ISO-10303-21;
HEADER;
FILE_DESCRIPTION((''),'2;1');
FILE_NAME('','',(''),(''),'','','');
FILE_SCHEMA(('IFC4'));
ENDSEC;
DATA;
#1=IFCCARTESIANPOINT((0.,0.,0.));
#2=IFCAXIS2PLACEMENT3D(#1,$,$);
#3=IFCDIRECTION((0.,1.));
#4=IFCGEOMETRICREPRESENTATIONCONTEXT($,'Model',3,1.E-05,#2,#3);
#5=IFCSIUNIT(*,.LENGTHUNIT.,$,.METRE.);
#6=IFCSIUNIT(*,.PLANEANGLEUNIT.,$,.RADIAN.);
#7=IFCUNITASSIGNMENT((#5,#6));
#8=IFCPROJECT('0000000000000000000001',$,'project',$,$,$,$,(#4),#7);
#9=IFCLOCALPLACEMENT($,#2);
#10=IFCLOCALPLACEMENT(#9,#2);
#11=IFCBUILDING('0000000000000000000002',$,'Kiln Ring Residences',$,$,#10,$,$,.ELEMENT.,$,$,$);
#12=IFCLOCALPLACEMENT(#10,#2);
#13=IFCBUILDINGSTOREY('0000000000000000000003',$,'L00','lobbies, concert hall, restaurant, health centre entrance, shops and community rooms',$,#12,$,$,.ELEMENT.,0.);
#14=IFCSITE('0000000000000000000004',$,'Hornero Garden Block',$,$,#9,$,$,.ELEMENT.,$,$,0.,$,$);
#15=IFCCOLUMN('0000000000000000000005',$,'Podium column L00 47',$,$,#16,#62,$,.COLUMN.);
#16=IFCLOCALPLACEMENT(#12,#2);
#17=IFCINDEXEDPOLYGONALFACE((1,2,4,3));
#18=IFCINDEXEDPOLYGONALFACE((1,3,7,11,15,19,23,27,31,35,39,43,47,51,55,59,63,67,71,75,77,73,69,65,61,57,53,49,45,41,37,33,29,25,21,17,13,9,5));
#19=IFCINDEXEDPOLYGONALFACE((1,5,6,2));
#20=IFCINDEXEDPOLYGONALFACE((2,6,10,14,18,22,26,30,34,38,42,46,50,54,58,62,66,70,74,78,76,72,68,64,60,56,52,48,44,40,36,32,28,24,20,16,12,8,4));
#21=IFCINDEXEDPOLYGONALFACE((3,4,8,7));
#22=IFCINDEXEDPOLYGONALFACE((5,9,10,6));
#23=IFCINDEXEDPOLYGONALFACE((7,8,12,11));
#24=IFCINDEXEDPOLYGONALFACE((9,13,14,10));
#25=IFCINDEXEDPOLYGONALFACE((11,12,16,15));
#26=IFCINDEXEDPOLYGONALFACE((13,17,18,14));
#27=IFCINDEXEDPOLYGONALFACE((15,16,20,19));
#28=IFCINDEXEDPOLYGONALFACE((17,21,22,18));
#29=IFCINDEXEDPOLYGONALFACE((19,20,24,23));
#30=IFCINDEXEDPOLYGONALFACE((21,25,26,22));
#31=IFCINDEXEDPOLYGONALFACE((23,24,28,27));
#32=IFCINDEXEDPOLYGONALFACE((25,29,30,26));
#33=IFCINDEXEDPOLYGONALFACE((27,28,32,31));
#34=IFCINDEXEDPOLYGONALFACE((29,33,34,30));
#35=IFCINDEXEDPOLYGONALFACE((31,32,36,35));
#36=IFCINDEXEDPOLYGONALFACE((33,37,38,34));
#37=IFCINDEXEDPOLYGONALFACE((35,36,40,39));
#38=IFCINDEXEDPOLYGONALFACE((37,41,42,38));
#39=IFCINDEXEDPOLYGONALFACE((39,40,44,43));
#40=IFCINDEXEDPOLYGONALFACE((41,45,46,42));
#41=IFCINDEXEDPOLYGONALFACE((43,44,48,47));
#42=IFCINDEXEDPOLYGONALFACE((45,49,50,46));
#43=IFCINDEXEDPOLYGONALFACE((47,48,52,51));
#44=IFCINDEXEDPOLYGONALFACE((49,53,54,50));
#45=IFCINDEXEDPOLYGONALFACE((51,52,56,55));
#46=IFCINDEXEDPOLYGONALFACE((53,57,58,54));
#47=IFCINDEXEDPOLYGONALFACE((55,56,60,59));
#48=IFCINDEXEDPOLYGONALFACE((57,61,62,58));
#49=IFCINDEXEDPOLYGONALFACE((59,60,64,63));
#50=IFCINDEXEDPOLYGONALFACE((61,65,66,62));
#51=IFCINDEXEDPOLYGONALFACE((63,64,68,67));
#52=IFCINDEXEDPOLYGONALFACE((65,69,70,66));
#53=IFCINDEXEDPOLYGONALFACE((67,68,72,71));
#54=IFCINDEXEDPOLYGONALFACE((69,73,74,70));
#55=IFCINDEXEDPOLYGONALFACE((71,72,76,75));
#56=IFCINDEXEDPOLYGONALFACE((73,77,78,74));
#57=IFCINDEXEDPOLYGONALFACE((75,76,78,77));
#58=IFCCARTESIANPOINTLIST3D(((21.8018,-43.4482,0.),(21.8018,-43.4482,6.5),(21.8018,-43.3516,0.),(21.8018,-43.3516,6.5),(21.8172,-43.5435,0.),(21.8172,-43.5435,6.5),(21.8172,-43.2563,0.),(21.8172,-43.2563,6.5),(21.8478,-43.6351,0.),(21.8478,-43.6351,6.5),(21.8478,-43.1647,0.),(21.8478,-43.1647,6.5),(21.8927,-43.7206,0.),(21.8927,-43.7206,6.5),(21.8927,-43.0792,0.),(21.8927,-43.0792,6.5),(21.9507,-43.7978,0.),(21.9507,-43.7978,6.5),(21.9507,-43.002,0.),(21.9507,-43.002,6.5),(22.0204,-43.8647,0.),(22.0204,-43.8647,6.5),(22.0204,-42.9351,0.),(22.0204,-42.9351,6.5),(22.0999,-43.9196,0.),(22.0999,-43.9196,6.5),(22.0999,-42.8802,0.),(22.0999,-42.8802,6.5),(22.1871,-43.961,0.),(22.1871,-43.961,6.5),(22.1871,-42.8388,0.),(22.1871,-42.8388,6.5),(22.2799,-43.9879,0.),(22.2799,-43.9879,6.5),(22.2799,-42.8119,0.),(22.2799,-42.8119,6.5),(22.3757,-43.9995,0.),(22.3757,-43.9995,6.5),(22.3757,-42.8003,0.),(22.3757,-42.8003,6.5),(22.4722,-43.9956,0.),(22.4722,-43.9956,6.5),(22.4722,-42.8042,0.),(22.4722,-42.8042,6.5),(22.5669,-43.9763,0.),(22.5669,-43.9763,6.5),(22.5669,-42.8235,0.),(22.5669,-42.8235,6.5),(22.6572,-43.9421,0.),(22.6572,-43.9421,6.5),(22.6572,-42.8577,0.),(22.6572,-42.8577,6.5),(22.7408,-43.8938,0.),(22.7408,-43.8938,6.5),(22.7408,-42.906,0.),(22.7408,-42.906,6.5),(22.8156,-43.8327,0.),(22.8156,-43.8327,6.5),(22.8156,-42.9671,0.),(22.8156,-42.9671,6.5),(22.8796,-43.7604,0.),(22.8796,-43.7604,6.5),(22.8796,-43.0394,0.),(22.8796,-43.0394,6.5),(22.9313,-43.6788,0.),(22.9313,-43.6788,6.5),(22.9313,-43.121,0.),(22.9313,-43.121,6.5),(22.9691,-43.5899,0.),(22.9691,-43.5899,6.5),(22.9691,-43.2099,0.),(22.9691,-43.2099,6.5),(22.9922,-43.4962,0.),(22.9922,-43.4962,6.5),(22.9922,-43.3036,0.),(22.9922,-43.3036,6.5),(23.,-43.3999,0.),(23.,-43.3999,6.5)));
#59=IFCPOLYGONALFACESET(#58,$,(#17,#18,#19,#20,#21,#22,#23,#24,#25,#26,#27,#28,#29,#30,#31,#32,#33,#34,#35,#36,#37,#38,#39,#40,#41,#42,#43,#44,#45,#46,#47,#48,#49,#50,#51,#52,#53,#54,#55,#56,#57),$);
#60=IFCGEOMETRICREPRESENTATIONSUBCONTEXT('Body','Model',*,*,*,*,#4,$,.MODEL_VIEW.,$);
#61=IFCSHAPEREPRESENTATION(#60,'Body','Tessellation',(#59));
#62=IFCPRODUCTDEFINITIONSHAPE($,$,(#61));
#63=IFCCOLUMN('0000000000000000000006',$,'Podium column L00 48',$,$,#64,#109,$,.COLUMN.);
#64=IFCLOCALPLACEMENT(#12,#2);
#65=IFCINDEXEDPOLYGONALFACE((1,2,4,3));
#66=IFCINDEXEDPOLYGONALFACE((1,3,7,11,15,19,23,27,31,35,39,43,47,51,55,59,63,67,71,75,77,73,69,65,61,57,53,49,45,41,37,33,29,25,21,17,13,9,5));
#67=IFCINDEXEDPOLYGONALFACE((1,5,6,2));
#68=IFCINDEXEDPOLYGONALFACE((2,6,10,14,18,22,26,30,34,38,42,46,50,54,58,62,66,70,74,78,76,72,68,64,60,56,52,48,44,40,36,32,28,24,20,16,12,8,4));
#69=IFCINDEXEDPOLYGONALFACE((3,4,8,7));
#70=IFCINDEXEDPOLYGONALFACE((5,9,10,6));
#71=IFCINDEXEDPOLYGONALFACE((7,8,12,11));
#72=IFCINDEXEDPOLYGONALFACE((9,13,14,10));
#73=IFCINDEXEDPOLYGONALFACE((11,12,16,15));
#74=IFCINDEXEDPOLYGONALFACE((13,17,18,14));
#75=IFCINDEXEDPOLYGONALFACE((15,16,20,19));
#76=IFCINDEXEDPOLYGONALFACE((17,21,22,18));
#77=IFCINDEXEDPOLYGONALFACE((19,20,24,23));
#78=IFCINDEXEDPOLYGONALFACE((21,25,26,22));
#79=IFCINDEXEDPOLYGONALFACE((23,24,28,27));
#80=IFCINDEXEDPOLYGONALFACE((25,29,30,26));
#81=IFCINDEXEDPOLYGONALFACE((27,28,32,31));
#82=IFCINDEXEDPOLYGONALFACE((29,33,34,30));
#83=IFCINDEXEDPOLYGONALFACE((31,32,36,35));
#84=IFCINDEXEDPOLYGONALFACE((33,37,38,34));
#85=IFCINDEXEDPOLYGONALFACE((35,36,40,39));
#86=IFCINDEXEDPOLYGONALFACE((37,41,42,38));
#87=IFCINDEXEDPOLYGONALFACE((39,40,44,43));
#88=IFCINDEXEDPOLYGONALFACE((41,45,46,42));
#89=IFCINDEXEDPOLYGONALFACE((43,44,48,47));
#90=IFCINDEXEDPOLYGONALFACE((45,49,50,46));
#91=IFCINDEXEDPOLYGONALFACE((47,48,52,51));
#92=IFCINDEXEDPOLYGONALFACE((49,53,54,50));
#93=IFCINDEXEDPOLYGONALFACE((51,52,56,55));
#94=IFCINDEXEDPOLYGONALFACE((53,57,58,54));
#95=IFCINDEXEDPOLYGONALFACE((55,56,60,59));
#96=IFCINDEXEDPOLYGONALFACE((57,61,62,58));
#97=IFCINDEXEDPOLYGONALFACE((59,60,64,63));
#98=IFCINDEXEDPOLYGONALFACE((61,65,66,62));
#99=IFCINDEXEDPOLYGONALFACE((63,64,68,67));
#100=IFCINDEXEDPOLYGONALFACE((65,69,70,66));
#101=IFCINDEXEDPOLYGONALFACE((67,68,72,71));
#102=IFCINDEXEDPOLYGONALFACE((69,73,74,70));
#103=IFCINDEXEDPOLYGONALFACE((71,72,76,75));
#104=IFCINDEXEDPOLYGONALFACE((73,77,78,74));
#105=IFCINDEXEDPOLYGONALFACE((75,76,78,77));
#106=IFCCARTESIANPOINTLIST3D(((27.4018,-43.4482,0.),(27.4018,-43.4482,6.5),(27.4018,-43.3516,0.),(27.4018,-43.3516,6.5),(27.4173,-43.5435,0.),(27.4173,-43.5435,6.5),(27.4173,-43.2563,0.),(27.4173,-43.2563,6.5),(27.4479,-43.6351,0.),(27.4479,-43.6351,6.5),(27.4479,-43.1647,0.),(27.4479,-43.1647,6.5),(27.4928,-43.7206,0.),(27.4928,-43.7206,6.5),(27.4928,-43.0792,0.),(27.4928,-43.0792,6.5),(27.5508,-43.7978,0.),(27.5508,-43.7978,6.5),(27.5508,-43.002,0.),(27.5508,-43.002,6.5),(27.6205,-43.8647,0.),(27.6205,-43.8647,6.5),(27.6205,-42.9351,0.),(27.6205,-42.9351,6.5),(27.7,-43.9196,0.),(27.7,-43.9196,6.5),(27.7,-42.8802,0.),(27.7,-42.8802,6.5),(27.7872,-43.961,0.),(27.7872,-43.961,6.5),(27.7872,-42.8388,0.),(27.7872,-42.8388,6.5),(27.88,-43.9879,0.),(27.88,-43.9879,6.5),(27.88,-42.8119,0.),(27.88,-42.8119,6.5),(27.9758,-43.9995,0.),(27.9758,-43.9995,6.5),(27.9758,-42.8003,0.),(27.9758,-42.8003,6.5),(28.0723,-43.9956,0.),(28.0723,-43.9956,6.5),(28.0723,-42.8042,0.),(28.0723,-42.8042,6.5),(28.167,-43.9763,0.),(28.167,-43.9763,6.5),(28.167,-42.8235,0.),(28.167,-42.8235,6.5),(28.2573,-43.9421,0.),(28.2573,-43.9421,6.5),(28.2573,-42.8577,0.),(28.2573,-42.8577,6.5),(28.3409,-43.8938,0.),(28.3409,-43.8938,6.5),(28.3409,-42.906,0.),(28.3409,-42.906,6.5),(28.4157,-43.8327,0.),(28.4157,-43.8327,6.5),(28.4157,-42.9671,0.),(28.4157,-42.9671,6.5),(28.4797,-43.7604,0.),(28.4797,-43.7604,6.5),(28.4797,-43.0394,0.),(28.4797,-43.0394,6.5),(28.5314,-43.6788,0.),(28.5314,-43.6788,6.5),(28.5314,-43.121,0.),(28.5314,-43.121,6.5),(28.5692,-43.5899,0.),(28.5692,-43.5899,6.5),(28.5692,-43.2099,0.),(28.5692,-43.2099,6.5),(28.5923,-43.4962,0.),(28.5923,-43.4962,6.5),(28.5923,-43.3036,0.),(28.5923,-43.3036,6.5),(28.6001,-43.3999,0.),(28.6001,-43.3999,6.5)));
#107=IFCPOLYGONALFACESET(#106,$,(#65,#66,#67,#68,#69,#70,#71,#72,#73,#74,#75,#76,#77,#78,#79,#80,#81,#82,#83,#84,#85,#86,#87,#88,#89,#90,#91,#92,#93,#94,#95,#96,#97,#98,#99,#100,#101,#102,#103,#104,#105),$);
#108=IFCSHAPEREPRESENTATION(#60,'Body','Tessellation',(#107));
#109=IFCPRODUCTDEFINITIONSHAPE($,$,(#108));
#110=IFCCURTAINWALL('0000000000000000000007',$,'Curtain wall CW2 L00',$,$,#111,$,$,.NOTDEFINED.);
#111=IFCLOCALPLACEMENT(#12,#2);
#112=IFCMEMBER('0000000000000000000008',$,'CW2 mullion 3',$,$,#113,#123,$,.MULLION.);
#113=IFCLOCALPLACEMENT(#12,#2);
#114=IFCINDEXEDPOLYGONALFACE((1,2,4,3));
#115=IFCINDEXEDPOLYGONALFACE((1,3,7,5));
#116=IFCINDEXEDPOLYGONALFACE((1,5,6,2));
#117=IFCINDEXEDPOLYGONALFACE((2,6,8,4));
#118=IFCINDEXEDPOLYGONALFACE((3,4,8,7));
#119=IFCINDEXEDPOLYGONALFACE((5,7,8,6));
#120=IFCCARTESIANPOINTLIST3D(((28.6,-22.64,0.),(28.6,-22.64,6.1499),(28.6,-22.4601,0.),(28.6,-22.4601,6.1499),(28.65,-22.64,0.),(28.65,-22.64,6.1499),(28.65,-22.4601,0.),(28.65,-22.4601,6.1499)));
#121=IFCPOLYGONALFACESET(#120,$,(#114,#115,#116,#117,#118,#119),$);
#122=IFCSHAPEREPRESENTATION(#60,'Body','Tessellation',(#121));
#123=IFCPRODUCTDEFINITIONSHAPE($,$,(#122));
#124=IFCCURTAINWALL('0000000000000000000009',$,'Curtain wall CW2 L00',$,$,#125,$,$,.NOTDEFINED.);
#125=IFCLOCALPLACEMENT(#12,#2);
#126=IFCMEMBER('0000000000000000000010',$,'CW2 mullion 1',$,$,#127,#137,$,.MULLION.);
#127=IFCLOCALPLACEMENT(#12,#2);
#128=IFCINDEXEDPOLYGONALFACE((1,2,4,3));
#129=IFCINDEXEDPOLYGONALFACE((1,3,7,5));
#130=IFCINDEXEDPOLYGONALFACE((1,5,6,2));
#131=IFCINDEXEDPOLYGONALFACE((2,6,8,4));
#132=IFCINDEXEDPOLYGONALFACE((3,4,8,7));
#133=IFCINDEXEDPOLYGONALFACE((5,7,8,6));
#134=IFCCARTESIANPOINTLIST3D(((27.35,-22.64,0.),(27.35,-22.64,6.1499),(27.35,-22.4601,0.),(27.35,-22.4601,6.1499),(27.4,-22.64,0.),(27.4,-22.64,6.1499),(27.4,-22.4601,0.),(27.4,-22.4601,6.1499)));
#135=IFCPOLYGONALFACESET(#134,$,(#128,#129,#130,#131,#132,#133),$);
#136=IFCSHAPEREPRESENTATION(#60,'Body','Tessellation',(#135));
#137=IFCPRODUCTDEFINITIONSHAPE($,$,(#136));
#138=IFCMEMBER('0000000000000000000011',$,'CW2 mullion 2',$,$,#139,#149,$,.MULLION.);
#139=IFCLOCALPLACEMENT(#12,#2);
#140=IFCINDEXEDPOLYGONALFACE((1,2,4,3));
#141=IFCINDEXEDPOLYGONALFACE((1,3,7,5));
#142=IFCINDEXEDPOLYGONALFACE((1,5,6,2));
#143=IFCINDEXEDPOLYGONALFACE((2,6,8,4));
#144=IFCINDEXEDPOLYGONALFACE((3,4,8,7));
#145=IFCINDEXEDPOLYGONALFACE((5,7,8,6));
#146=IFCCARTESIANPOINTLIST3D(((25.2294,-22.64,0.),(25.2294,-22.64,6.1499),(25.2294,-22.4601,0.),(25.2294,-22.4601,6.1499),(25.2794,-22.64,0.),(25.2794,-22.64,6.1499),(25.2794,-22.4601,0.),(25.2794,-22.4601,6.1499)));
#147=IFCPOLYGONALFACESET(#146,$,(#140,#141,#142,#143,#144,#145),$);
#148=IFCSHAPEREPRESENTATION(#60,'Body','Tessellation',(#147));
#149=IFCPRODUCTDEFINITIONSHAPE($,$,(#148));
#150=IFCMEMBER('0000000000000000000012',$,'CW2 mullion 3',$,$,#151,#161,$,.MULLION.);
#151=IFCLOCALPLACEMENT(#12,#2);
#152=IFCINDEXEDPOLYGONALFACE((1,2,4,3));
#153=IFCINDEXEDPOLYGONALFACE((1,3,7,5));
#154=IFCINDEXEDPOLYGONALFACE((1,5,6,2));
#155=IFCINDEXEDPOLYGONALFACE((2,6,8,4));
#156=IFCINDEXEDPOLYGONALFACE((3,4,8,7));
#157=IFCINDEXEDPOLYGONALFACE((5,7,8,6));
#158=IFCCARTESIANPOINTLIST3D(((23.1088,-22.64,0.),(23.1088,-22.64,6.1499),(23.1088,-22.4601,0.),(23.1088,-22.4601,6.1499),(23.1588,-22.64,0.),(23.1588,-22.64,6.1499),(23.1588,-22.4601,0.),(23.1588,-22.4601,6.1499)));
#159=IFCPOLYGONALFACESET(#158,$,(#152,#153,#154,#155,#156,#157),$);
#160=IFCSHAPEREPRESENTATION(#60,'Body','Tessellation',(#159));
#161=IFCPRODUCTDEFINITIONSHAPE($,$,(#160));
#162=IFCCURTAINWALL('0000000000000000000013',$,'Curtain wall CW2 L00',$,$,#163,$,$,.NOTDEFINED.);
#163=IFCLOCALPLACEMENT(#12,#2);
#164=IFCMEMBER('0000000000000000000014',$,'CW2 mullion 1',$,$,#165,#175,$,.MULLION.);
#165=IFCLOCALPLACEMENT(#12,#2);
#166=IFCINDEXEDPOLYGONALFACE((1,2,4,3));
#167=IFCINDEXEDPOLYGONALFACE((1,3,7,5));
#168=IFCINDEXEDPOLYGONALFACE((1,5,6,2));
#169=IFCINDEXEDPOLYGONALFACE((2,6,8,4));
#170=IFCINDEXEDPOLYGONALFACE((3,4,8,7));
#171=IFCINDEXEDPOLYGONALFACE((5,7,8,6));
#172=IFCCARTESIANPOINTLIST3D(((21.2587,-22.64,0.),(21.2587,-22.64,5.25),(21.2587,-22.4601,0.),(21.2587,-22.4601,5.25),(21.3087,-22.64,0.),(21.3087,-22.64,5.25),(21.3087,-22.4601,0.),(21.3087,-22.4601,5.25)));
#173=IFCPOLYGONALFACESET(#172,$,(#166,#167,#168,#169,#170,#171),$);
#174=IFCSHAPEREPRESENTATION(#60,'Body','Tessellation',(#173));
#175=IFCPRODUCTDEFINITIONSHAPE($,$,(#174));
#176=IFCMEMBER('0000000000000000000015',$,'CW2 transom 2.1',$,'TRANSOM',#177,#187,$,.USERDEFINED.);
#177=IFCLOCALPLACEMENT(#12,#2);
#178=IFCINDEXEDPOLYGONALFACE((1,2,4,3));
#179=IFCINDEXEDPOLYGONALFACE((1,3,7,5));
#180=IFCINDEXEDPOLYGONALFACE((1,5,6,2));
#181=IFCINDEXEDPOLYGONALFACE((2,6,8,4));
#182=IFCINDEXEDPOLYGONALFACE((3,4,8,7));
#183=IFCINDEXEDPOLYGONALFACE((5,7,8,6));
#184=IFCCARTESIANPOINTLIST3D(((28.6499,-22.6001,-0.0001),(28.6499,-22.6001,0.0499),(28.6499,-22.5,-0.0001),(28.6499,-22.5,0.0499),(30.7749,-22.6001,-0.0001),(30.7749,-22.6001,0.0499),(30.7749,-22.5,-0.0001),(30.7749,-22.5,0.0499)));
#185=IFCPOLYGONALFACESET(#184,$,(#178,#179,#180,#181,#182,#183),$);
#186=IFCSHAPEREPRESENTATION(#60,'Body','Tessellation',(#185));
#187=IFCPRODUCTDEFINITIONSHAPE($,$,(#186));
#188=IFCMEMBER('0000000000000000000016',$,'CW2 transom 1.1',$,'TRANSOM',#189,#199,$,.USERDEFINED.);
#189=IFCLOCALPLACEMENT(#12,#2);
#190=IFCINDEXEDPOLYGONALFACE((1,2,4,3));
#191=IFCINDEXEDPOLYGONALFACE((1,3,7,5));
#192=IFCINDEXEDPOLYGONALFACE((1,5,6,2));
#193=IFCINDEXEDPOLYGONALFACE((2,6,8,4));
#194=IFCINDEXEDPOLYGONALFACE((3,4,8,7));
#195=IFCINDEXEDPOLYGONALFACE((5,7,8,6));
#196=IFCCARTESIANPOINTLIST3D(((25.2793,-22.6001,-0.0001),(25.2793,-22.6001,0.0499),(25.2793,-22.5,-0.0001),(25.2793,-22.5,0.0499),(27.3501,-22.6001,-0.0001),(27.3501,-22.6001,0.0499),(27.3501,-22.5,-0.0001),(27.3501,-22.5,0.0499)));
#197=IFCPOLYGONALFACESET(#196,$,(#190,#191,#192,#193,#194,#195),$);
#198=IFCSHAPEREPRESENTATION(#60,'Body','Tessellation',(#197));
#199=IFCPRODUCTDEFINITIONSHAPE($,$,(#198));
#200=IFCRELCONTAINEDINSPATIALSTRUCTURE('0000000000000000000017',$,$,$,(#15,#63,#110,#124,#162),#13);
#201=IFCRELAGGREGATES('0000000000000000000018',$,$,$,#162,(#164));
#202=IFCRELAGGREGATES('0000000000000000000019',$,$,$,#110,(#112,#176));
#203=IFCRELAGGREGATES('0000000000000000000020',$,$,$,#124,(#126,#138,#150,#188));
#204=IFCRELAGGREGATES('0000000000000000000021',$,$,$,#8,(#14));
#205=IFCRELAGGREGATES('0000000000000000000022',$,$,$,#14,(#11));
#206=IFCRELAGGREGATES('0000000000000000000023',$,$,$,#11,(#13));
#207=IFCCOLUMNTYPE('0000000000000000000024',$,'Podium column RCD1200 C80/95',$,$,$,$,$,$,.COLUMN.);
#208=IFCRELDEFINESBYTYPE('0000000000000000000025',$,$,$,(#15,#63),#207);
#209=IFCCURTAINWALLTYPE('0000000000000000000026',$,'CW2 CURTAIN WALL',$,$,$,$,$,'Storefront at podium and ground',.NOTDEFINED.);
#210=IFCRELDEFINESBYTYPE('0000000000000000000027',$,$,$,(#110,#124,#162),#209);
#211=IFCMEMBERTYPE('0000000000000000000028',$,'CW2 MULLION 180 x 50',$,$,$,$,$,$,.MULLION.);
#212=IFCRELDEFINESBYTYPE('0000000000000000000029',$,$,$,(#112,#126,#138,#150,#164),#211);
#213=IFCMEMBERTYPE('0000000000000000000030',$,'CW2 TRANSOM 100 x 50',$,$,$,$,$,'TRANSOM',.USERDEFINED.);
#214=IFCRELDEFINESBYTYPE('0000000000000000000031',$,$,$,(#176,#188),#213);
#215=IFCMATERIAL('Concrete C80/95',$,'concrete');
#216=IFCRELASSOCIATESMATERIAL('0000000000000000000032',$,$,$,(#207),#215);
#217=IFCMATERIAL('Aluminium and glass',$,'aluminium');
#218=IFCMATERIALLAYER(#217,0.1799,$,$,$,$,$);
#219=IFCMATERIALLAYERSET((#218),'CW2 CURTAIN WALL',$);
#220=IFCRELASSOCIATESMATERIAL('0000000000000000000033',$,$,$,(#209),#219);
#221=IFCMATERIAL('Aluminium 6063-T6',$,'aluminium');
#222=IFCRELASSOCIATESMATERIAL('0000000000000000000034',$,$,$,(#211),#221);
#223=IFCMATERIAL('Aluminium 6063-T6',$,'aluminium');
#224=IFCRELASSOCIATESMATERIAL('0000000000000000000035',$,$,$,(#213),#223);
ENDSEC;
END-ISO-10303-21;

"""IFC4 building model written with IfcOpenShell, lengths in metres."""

from ifc_helpers import new_model, si_unit, direction, frame, origin, origin_2d, place, context, subcontext, project, spatial, rectangle, circle, extrude, material, layer, layer_set, material_profile, profile_set, type_object, element, aggregate, save


model = new_model("IFC4")

# Units and contexts
model_context = context("Model", 3, precision=1e-05, world=origin(), true_north=direction((0.0, 1.0)))
body_context = subcontext(model_context, "Body", "Model", "MODEL_VIEW")
ifc_project = project(units=[si_unit("LENGTHUNIT", "METRE"), si_unit("PLANEANGLEUNIT", "RADIAN")], contexts=[model_context])

# Site, building, storey
site_placement = place(None, origin())
site = spatial("IfcSite", under=ifc_project, at=site_placement, Name="Hornero Garden Block", CompositionType="ELEMENT", RefElevation=0.0)
building_placement = place(site_placement, origin())
building = spatial("IfcBuilding", under=site, at=building_placement, Name="Kiln Ring Residences", CompositionType="ELEMENT")
storey_placement = place(building_placement, origin())
storey = spatial("IfcBuildingStorey", under=building, at=storey_placement, Name="L00", Description="lobbies, concert hall, restaurant, health centre entrance, shops and community rooms", CompositionType="ELEMENT", Elevation=0.0)

# Columns
ifc_material_1 = material(Name="Concrete C80/95", Category="concrete")
ifc_material_profile_1 = material_profile(ifc_material_1, circle(Radius=0.6001, at=origin_2d()), Name="RCD1200")
ifc_profile_set_1 = profile_set([ifc_material_profile_1], Name="Concrete C80/95")
column_type = type_object("IfcColumnType", Name="Podium column RCD1200 C80/95", PredefinedType="COLUMN", material=ifc_profile_set_1)
for number, where, z_axis, x_axis, name in (
    (1, (22.3999, -43.3999, 0.0), (0.0, 0.0, 1.0), (1.0, 0.0, 0.0), "Podium column L00 47"),
    (2, (28.0, -43.3999, 0.0), (0.0, 0.0, 1.0), (1.0, 0.0, 0.0), "Podium column L00 48"),
):
    element("IfcColumn", number, at=place(storey_placement, frame(where, z_axis=z_axis, x_axis=x_axis)), inside=storey, type_object=column_type, Name=name, PredefinedType="COLUMN", context=body_context, shape_type="SweptSolid", body=[
        extrude(circle(Radius=0.6001, at=origin_2d()), origin(), (0.0, 0.0, 1.0), 6.5),
    ])

# Curtain wall, member
ifc_material_2 = material(Name="Aluminium and glass", Category="aluminium")
ifc_layer_1 = layer(ifc_material_2, 0.1799)
ifc_layer_set_1 = layer_set([ifc_layer_1], Name="CW2 CURTAIN WALL")
curtain_wall_type = type_object("IfcCurtainWallType", Name="CW2 CURTAIN WALL", ElementType="Storefront at podium and ground", PredefinedType="NOTDEFINED", material=ifc_layer_set_1)
placement = place(storey_placement, origin())
curtain_wall_1 = element("IfcCurtainWall", 3, at=placement, inside=storey, type_object=curtain_wall_type, Name="Curtain wall CW2 L00", PredefinedType="NOTDEFINED")
ifc_material_3 = material(Name="Aluminium 6063-T6", Category="aluminium")
ifc_material_profile_2 = material_profile(ifc_material_3, rectangle(XDim=0.1799, YDim=0.05, at=origin_2d()), Name="AL 180x50")
ifc_profile_set_2 = profile_set([ifc_material_profile_2], Name="Aluminium 6063-T6")
member_type_1 = type_object("IfcMemberType", Name="CW2 MULLION 180 x 50", PredefinedType="MULLION", material=ifc_profile_set_2)
member_1_placement = place(storey_placement, frame((28.625, -22.55, 0.0), z_axis=(0.0, 0.0, 1.0), x_axis=(0.0, -1.0, 0.0)))
member_1 = element("IfcMember", 4, at=member_1_placement, type_object=member_type_1, Name="CW2 mullion 3", PredefinedType="MULLION", context=body_context, shape_type="SweptSolid", body=[
    extrude(rectangle(XDim=0.1799, YDim=0.05, at=origin_2d()), origin(), (0.0, 0.0, 1.0), 6.1499),
])

# Curtain wall, members
curtain_wall_2 = element("IfcCurtainWall", 5, at=placement, inside=storey, type_object=curtain_wall_type, Name="Curtain wall CW2 L00", PredefinedType="NOTDEFINED")
member_2_placement = place(storey_placement, frame((27.375, -22.55, 0.0), z_axis=(0.0, 0.0, 1.0), x_axis=(0.0, -1.0, 0.0)))
member_2 = element("IfcMember", 6, at=member_2_placement, type_object=member_type_1, Name="CW2 mullion 1", PredefinedType="MULLION", context=body_context, shape_type="SweptSolid", body=[
    extrude(rectangle(XDim=0.1799, YDim=0.05, at=origin_2d()), origin(), (0.0, 0.0, 1.0), 6.1499),
])
member_3_placement = place(storey_placement, frame((25.2544, -22.55, 0.0), z_axis=(0.0, 0.0, 1.0), x_axis=(0.0, -1.0, 0.0)))
member_3 = element("IfcMember", 7, at=member_3_placement, type_object=member_type_1, Name="CW2 mullion 2", PredefinedType="MULLION", context=body_context, shape_type="SweptSolid", body=[
    extrude(rectangle(XDim=0.1799, YDim=0.05, at=origin_2d()), origin(), (0.0, 0.0, 1.0), 6.1499),
])
member_4_placement = place(storey_placement, frame((23.1338, -22.55, 0.0), z_axis=(0.0, 0.0, 1.0), x_axis=(0.0, -1.0, 0.0)))
member_4 = element("IfcMember", 8, at=member_4_placement, type_object=member_type_1, Name="CW2 mullion 3", PredefinedType="MULLION", context=body_context, shape_type="SweptSolid", body=[
    extrude(rectangle(XDim=0.1799, YDim=0.05, at=origin_2d()), origin(), (0.0, 0.0, 1.0), 6.1499),
])

# Curtain wall, member
curtain_wall_3 = element("IfcCurtainWall", 9, at=placement, inside=storey, type_object=curtain_wall_type, Name="Curtain wall CW2 L00", PredefinedType="NOTDEFINED")
member_5_placement = place(storey_placement, frame((21.2837, -22.55, 0.0), z_axis=(0.0, 0.0, 1.0), x_axis=(0.0, -1.0, 0.0)))
member_5 = element("IfcMember", 10, at=member_5_placement, type_object=member_type_1, Name="CW2 mullion 1", PredefinedType="MULLION", context=body_context, shape_type="SweptSolid", body=[
    extrude(rectangle(XDim=0.1799, YDim=0.05, at=origin_2d()), origin(), (0.0, 0.0, 1.0), 5.25),
])
aggregate(curtain_wall_3, [member_5])

# Members
ifc_material_4 = material(Name="Aluminium 6063-T6", Category="aluminium")
ifc_material_profile_3 = material_profile(ifc_material_4, rectangle(XDim=0.1001, YDim=0.05, at=origin_2d()), Name="AL 100x50")
ifc_profile_set_3 = profile_set([ifc_material_profile_3], Name="Aluminium 6063-T6")
member_type_2 = type_object("IfcMemberType", Name="CW2 TRANSOM 100 x 50", ElementType="TRANSOM", PredefinedType="USERDEFINED", material=ifc_profile_set_3)
member_6_placement = place(storey_placement, frame((30.7749, -22.55, 0.0249), z_axis=(-1.0, 0.0, 0.0), x_axis=(0.0, -1.0, 0.0)))
member_6 = element("IfcMember", 11, at=member_6_placement, type_object=member_type_2, Name="CW2 transom 2.1", ObjectType="TRANSOM", PredefinedType="USERDEFINED", context=body_context, shape_type="SweptSolid", body=[
    extrude(rectangle(XDim=0.1001, YDim=0.05, at=origin_2d()), origin(), (0.0, 0.0, 1.0), 2.125),
])
member_7_placement = place(storey_placement, frame((27.3501, -22.55, 0.0249), z_axis=(-1.0, 0.0, 0.0), x_axis=(0.0, -1.0, 0.0)))
member_7 = element("IfcMember", 12, at=member_7_placement, type_object=member_type_2, Name="CW2 transom 1.1", ObjectType="TRANSOM", PredefinedType="USERDEFINED", context=body_context, shape_type="SweptSolid", body=[
    extrude(rectangle(XDim=0.1001, YDim=0.05, at=origin_2d()), origin(), (0.0, 0.0, 1.0), 2.0708),
])

aggregate(curtain_wall_1, [member_1, member_6])
aggregate(curtain_wall_2, [member_2, member_3, member_4, member_7])

save(model, "model.ifc")
